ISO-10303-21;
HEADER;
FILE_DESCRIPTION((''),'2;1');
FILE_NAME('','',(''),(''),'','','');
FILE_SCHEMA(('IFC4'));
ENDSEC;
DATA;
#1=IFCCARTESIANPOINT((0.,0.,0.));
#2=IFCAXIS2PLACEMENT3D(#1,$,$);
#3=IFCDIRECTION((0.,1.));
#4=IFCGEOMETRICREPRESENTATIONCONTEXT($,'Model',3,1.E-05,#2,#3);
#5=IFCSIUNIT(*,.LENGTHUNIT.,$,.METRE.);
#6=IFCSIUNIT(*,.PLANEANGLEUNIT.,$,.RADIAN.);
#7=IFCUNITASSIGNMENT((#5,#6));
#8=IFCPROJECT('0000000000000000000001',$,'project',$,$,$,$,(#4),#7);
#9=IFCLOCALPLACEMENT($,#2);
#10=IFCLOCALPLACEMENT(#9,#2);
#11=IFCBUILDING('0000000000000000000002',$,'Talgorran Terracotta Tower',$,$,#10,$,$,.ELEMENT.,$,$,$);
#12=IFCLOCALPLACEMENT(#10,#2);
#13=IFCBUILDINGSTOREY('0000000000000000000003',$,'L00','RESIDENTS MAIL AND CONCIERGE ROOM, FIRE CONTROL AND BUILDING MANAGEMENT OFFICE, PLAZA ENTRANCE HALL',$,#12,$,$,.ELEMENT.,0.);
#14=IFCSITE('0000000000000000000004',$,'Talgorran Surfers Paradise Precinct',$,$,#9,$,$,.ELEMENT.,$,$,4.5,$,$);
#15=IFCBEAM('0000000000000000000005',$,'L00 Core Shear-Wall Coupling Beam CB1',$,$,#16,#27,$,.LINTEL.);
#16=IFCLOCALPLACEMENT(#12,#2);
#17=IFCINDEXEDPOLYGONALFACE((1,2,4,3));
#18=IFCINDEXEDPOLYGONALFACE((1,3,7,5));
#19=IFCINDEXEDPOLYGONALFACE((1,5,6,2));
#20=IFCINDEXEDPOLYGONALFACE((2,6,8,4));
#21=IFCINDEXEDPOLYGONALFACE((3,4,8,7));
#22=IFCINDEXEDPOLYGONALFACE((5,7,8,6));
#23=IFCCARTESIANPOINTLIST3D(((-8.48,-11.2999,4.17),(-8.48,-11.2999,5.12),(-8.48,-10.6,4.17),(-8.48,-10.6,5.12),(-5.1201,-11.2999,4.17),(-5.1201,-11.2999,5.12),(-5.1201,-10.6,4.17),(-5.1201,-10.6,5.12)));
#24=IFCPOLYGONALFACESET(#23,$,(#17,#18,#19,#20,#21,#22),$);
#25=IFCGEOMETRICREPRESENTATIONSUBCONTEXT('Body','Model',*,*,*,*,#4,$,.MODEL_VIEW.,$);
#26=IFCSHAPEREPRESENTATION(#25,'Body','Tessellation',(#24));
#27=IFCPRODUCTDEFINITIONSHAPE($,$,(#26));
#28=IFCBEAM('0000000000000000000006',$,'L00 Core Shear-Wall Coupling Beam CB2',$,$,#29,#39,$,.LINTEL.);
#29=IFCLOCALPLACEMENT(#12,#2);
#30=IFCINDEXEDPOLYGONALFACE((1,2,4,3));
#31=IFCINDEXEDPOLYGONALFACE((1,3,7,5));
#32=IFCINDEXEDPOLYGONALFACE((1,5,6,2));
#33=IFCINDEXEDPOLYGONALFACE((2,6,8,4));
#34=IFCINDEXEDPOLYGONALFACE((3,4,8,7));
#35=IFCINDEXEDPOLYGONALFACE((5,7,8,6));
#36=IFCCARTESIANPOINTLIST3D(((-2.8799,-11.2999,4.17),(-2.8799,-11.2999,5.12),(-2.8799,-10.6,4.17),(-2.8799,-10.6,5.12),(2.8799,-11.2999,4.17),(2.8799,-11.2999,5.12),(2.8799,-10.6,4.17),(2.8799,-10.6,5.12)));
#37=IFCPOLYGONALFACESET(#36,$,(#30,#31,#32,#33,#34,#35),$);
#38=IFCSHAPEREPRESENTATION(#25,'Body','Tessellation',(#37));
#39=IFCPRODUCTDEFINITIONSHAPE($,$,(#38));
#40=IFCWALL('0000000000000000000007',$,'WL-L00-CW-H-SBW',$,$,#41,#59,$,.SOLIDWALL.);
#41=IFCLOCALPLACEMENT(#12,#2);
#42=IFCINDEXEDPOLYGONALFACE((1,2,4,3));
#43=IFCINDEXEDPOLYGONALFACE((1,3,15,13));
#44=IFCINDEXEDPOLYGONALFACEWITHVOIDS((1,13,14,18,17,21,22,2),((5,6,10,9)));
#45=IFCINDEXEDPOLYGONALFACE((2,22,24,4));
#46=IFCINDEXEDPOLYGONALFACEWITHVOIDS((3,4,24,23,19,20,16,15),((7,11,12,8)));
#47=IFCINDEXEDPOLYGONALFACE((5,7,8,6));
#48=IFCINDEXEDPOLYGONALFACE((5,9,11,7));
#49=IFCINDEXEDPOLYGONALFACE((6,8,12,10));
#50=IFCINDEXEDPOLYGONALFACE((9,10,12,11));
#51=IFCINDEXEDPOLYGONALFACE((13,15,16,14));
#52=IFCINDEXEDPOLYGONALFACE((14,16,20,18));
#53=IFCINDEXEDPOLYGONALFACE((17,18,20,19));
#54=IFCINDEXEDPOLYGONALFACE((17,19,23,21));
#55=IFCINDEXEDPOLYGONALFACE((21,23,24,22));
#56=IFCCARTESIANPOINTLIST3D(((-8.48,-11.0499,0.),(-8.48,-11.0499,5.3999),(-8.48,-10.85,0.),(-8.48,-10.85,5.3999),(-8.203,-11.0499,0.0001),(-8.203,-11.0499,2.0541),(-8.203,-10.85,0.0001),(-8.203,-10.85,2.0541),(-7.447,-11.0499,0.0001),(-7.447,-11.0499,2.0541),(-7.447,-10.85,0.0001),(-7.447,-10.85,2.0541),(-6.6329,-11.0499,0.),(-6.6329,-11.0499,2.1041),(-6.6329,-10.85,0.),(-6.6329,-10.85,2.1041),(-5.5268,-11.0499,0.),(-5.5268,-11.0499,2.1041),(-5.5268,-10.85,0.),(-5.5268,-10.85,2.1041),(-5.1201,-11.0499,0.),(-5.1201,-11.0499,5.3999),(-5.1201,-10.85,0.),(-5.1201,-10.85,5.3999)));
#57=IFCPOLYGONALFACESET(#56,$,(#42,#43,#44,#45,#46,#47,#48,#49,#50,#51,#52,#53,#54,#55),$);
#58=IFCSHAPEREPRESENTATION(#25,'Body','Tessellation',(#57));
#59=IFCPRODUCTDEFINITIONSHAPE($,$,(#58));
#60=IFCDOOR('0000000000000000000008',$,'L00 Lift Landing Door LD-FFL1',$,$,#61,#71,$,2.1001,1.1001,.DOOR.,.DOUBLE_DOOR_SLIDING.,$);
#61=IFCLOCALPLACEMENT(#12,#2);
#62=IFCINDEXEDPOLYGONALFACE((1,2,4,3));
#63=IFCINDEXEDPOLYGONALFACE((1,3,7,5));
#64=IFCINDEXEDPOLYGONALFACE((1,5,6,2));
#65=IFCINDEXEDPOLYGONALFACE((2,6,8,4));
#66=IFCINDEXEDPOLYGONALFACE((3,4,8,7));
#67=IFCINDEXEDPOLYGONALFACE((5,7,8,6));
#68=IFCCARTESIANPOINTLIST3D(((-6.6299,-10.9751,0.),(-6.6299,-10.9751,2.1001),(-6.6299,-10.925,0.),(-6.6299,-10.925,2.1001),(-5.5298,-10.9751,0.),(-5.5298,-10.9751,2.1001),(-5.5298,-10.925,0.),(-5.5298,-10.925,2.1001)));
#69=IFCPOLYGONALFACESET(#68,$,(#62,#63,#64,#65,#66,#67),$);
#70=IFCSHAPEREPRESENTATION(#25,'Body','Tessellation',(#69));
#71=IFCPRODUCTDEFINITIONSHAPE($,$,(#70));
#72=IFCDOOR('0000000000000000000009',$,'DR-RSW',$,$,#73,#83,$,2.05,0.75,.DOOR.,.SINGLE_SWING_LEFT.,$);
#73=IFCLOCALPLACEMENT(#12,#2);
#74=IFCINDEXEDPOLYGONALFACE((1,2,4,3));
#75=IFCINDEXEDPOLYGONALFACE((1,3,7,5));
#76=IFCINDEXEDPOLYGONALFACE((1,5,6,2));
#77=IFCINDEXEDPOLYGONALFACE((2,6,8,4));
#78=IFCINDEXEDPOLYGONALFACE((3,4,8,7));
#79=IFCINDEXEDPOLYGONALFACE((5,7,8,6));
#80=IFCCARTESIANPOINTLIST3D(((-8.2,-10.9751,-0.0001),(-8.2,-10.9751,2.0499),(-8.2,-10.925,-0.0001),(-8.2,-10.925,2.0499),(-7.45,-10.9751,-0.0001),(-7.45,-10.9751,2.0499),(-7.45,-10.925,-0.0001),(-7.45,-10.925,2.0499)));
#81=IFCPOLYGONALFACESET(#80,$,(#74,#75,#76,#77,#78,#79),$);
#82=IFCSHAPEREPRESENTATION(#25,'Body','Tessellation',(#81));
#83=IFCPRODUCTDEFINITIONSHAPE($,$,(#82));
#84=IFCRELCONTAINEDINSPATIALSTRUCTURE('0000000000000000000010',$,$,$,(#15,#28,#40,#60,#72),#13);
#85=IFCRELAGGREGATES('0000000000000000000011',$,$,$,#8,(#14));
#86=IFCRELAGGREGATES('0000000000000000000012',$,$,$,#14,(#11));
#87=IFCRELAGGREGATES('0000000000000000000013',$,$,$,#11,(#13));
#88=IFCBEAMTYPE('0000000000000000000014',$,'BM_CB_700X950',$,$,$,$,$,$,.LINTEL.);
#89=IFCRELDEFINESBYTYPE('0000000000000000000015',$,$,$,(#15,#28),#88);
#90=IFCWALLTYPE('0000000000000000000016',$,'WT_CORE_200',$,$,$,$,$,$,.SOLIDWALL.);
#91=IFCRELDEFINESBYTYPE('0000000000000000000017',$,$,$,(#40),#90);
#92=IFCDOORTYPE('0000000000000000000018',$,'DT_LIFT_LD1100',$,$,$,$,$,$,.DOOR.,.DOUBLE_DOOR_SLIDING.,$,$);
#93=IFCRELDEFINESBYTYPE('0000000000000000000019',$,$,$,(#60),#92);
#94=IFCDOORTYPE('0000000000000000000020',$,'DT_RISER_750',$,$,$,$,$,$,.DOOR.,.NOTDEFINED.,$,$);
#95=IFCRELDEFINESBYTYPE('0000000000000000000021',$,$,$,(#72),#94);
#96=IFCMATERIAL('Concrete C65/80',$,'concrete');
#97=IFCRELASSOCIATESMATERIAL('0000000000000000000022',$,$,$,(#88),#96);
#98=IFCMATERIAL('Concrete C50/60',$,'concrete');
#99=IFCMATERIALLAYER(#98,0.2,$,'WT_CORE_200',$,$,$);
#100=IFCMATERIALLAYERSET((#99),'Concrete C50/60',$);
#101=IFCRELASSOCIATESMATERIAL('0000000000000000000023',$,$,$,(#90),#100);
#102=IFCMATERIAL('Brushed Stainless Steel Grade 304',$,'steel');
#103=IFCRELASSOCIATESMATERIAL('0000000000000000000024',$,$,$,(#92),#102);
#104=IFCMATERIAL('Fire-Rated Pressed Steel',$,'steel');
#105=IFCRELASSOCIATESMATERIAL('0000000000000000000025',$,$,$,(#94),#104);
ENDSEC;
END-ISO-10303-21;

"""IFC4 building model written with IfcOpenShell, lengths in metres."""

from ifc_helpers import new_model, si_unit, direction, frame, frame_2d, origin, origin_2d, place, context, subcontext, project, spatial, rectangle, extrude, material, layer, layer_set, material_profile, profile_set, type_object, element, fill, save


model = new_model("IFC4")

# Units and contexts
model_context = context("Model", 3, precision=1e-05, world=origin(), true_north=direction((0.0, 1.0)))
body_context = subcontext(model_context, "Body", "Model", "MODEL_VIEW")
ifc_project = project(units=[si_unit("LENGTHUNIT", "METRE"), si_unit("PLANEANGLEUNIT", "RADIAN")], contexts=[model_context])

# Site, building, storey
site_placement = place(None, origin())
site = spatial("IfcSite", under=ifc_project, at=site_placement, Name="Talgorran Surfers Paradise Precinct", CompositionType="ELEMENT", RefElevation=4.5)
building_placement = place(site_placement, origin())
building = spatial("IfcBuilding", under=site, at=building_placement, Name="Talgorran Terracotta Tower", CompositionType="ELEMENT")
storey_placement = place(building_placement, origin())
storey = spatial("IfcBuildingStorey", under=building, at=storey_placement, Name="L00", Description="RESIDENTS MAIL AND CONCIERGE ROOM, FIRE CONTROL AND BUILDING MANAGEMENT OFFICE, PLAZA ENTRANCE HALL", CompositionType="ELEMENT", Elevation=0.0)

# Beams
ifc_material_1 = material(Name="Concrete C65/80", Category="concrete")
ifc_material_profile = material_profile(ifc_material_1, rectangle(XDim=0.7, YDim=0.95, at=origin_2d()), Name="RCCB700X950")
ifc_profile_set = profile_set([ifc_material_profile], Name="Concrete C65/80")
beam_type = type_object("IfcBeamType", Name="BM_CB_700X950", PredefinedType="LINTEL", material=ifc_profile_set)
beam_1_placement = place(storey_placement, frame((-8.48, -10.95, 4.645), z_axis=(1.0, 0.0, 0.0), x_axis=(0.0, 1.0, 0.0)))
element("IfcBeam", 1, at=beam_1_placement, inside=storey, type_object=beam_type, Name="L00 Core Shear-Wall Coupling Beam CB1", PredefinedType="LINTEL", context=body_context, shape_type="SweptSolid", body=[
    extrude(rectangle(XDim=0.7, YDim=0.95, at=origin_2d()), origin(), (0.0, 0.0, 1.0), 3.3599),
])
beam_2_placement = place(storey_placement, frame((-2.8799, -10.95, 4.645), z_axis=(1.0, 0.0, 0.0), x_axis=(0.0, 1.0, 0.0)))
element("IfcBeam", 2, at=beam_2_placement, inside=storey, type_object=beam_type, Name="L00 Core Shear-Wall Coupling Beam CB2", PredefinedType="LINTEL", context=body_context, shape_type="SweptSolid", body=[
    extrude(rectangle(XDim=0.7, YDim=0.95, at=origin_2d()), origin(), (0.0, 0.0, 1.0), 5.7598),
])

# Wall, openings, doors
ifc_material_2 = material(Name="Concrete C50/60", Category="concrete")
ifc_layer_1 = layer(ifc_material_2, 0.2, Name="WT_CORE_200")
ifc_layer_set_1 = layer_set([ifc_layer_1], Name="Concrete C50/60")
wall_type_1 = type_object("IfcWallType", Name="WT_CORE_200", PredefinedType="SOLIDWALL", material=ifc_layer_set_1)
wall_1_placement = place(storey_placement, frame((-8.48, -10.95, 0.0), z_axis=(0.0, 0.0, 1.0), x_axis=(1.0, 0.0, 0.0)))
wall_1 = element("IfcWall", 3, at=wall_1_placement, inside=storey, type_object=wall_type_1, Name="WL-L00-CW-H-SBW", PredefinedType="SOLIDWALL", context=body_context, shape_type="SweptSolid", body=[
    extrude(rectangle(XDim=3.3599, YDim=0.2, at=frame_2d((1.6799, 0.0))), origin(), (0.0, 0.0, 1.0), 5.3999),
])
opening_1_placement = place(wall_1_placement, frame((0.28, 0.0, 0.0)))
opening_1 = element("IfcOpeningElement", 4, at=opening_1_placement, cuts=wall_1, PredefinedType="OPENING", context=body_context, shape_type="SweptSolid", body=[
    extrude(rectangle(XDim=0.756, YDim=2.054, at=frame_2d((0.375, 1.0271))), frame((0.0, 0.1099, 0.0), z_axis=(0.0, -1.0, 0.0), x_axis=(1.0, 0.0, 0.0)), (0.0, 0.0, 1.0), 0.22),
])
opening_2_placement = place(wall_1_placement, frame((1.8501, 0.0, 0.0)))
opening_2 = element("IfcOpeningElement", 5, at=opening_2_placement, cuts=wall_1, PredefinedType="OPENING", context=body_context, shape_type="SweptSolid", body=[
    extrude(rectangle(XDim=1.1061, YDim=2.1041, at=frame_2d((0.55, 1.052))), frame((0.0, 0.1099, 0.0), z_axis=(0.0, -1.0, 0.0), x_axis=(1.0, 0.0, 0.0)), (0.0, 0.0, 1.0), 0.22),
])
ifc_material_3 = material(Name="Brushed Stainless Steel Grade 304", Category="steel")
door_type_1 = type_object("IfcDoorType", Name="DT_LIFT_LD1100", OperationType="DOUBLE_DOOR_SLIDING", PredefinedType="DOOR", material=ifc_material_3)
door_1_placement = place(opening_2_placement, origin())
door_1 = element("IfcDoor", 6, at=door_1_placement, inside=storey, type_object=door_type_1, Name="L00 Lift Landing Door LD-FFL1", OperationType="DOUBLE_DOOR_SLIDING", OverallHeight=2.1001, OverallWidth=1.1001, PredefinedType="DOOR", context=body_context, shape_type="SweptSolid", body=[
    extrude(rectangle(XDim=1.1001, YDim=2.1001, at=frame_2d((0.55, 1.05))), frame((0.0, 0.0249, 0.0), z_axis=(0.0, -1.0, 0.0), x_axis=(1.0, 0.0, 0.0)), (0.0, 0.0, 1.0), 0.05),
])
fill(opening_2, door_1)
ifc_material_4 = material(Name="Fire-Rated Pressed Steel", Category="steel")
door_type_2 = type_object("IfcDoorType", Name="DT_RISER_750", OperationType="NOTDEFINED", PredefinedType="DOOR", material=ifc_material_4)
door_2_placement = place(opening_1_placement, origin())
door_2 = element("IfcDoor", 7, at=door_2_placement, inside=storey, type_object=door_type_2, Name="DR-RSW", OperationType="SINGLE_SWING_LEFT", OverallHeight=2.05, OverallWidth=0.75, PredefinedType="DOOR", context=body_context, shape_type="SweptSolid", body=[
    extrude(rectangle(XDim=0.75, YDim=2.05, at=frame_2d((0.375, 1.0249))), frame((0.0, 0.0249, 0.0), z_axis=(0.0, -1.0, 0.0), x_axis=(1.0, 0.0, 0.0)), (0.0, 0.0, 1.0), 0.05),
])
fill(opening_1, door_2)

save(model, "model.ifc")
